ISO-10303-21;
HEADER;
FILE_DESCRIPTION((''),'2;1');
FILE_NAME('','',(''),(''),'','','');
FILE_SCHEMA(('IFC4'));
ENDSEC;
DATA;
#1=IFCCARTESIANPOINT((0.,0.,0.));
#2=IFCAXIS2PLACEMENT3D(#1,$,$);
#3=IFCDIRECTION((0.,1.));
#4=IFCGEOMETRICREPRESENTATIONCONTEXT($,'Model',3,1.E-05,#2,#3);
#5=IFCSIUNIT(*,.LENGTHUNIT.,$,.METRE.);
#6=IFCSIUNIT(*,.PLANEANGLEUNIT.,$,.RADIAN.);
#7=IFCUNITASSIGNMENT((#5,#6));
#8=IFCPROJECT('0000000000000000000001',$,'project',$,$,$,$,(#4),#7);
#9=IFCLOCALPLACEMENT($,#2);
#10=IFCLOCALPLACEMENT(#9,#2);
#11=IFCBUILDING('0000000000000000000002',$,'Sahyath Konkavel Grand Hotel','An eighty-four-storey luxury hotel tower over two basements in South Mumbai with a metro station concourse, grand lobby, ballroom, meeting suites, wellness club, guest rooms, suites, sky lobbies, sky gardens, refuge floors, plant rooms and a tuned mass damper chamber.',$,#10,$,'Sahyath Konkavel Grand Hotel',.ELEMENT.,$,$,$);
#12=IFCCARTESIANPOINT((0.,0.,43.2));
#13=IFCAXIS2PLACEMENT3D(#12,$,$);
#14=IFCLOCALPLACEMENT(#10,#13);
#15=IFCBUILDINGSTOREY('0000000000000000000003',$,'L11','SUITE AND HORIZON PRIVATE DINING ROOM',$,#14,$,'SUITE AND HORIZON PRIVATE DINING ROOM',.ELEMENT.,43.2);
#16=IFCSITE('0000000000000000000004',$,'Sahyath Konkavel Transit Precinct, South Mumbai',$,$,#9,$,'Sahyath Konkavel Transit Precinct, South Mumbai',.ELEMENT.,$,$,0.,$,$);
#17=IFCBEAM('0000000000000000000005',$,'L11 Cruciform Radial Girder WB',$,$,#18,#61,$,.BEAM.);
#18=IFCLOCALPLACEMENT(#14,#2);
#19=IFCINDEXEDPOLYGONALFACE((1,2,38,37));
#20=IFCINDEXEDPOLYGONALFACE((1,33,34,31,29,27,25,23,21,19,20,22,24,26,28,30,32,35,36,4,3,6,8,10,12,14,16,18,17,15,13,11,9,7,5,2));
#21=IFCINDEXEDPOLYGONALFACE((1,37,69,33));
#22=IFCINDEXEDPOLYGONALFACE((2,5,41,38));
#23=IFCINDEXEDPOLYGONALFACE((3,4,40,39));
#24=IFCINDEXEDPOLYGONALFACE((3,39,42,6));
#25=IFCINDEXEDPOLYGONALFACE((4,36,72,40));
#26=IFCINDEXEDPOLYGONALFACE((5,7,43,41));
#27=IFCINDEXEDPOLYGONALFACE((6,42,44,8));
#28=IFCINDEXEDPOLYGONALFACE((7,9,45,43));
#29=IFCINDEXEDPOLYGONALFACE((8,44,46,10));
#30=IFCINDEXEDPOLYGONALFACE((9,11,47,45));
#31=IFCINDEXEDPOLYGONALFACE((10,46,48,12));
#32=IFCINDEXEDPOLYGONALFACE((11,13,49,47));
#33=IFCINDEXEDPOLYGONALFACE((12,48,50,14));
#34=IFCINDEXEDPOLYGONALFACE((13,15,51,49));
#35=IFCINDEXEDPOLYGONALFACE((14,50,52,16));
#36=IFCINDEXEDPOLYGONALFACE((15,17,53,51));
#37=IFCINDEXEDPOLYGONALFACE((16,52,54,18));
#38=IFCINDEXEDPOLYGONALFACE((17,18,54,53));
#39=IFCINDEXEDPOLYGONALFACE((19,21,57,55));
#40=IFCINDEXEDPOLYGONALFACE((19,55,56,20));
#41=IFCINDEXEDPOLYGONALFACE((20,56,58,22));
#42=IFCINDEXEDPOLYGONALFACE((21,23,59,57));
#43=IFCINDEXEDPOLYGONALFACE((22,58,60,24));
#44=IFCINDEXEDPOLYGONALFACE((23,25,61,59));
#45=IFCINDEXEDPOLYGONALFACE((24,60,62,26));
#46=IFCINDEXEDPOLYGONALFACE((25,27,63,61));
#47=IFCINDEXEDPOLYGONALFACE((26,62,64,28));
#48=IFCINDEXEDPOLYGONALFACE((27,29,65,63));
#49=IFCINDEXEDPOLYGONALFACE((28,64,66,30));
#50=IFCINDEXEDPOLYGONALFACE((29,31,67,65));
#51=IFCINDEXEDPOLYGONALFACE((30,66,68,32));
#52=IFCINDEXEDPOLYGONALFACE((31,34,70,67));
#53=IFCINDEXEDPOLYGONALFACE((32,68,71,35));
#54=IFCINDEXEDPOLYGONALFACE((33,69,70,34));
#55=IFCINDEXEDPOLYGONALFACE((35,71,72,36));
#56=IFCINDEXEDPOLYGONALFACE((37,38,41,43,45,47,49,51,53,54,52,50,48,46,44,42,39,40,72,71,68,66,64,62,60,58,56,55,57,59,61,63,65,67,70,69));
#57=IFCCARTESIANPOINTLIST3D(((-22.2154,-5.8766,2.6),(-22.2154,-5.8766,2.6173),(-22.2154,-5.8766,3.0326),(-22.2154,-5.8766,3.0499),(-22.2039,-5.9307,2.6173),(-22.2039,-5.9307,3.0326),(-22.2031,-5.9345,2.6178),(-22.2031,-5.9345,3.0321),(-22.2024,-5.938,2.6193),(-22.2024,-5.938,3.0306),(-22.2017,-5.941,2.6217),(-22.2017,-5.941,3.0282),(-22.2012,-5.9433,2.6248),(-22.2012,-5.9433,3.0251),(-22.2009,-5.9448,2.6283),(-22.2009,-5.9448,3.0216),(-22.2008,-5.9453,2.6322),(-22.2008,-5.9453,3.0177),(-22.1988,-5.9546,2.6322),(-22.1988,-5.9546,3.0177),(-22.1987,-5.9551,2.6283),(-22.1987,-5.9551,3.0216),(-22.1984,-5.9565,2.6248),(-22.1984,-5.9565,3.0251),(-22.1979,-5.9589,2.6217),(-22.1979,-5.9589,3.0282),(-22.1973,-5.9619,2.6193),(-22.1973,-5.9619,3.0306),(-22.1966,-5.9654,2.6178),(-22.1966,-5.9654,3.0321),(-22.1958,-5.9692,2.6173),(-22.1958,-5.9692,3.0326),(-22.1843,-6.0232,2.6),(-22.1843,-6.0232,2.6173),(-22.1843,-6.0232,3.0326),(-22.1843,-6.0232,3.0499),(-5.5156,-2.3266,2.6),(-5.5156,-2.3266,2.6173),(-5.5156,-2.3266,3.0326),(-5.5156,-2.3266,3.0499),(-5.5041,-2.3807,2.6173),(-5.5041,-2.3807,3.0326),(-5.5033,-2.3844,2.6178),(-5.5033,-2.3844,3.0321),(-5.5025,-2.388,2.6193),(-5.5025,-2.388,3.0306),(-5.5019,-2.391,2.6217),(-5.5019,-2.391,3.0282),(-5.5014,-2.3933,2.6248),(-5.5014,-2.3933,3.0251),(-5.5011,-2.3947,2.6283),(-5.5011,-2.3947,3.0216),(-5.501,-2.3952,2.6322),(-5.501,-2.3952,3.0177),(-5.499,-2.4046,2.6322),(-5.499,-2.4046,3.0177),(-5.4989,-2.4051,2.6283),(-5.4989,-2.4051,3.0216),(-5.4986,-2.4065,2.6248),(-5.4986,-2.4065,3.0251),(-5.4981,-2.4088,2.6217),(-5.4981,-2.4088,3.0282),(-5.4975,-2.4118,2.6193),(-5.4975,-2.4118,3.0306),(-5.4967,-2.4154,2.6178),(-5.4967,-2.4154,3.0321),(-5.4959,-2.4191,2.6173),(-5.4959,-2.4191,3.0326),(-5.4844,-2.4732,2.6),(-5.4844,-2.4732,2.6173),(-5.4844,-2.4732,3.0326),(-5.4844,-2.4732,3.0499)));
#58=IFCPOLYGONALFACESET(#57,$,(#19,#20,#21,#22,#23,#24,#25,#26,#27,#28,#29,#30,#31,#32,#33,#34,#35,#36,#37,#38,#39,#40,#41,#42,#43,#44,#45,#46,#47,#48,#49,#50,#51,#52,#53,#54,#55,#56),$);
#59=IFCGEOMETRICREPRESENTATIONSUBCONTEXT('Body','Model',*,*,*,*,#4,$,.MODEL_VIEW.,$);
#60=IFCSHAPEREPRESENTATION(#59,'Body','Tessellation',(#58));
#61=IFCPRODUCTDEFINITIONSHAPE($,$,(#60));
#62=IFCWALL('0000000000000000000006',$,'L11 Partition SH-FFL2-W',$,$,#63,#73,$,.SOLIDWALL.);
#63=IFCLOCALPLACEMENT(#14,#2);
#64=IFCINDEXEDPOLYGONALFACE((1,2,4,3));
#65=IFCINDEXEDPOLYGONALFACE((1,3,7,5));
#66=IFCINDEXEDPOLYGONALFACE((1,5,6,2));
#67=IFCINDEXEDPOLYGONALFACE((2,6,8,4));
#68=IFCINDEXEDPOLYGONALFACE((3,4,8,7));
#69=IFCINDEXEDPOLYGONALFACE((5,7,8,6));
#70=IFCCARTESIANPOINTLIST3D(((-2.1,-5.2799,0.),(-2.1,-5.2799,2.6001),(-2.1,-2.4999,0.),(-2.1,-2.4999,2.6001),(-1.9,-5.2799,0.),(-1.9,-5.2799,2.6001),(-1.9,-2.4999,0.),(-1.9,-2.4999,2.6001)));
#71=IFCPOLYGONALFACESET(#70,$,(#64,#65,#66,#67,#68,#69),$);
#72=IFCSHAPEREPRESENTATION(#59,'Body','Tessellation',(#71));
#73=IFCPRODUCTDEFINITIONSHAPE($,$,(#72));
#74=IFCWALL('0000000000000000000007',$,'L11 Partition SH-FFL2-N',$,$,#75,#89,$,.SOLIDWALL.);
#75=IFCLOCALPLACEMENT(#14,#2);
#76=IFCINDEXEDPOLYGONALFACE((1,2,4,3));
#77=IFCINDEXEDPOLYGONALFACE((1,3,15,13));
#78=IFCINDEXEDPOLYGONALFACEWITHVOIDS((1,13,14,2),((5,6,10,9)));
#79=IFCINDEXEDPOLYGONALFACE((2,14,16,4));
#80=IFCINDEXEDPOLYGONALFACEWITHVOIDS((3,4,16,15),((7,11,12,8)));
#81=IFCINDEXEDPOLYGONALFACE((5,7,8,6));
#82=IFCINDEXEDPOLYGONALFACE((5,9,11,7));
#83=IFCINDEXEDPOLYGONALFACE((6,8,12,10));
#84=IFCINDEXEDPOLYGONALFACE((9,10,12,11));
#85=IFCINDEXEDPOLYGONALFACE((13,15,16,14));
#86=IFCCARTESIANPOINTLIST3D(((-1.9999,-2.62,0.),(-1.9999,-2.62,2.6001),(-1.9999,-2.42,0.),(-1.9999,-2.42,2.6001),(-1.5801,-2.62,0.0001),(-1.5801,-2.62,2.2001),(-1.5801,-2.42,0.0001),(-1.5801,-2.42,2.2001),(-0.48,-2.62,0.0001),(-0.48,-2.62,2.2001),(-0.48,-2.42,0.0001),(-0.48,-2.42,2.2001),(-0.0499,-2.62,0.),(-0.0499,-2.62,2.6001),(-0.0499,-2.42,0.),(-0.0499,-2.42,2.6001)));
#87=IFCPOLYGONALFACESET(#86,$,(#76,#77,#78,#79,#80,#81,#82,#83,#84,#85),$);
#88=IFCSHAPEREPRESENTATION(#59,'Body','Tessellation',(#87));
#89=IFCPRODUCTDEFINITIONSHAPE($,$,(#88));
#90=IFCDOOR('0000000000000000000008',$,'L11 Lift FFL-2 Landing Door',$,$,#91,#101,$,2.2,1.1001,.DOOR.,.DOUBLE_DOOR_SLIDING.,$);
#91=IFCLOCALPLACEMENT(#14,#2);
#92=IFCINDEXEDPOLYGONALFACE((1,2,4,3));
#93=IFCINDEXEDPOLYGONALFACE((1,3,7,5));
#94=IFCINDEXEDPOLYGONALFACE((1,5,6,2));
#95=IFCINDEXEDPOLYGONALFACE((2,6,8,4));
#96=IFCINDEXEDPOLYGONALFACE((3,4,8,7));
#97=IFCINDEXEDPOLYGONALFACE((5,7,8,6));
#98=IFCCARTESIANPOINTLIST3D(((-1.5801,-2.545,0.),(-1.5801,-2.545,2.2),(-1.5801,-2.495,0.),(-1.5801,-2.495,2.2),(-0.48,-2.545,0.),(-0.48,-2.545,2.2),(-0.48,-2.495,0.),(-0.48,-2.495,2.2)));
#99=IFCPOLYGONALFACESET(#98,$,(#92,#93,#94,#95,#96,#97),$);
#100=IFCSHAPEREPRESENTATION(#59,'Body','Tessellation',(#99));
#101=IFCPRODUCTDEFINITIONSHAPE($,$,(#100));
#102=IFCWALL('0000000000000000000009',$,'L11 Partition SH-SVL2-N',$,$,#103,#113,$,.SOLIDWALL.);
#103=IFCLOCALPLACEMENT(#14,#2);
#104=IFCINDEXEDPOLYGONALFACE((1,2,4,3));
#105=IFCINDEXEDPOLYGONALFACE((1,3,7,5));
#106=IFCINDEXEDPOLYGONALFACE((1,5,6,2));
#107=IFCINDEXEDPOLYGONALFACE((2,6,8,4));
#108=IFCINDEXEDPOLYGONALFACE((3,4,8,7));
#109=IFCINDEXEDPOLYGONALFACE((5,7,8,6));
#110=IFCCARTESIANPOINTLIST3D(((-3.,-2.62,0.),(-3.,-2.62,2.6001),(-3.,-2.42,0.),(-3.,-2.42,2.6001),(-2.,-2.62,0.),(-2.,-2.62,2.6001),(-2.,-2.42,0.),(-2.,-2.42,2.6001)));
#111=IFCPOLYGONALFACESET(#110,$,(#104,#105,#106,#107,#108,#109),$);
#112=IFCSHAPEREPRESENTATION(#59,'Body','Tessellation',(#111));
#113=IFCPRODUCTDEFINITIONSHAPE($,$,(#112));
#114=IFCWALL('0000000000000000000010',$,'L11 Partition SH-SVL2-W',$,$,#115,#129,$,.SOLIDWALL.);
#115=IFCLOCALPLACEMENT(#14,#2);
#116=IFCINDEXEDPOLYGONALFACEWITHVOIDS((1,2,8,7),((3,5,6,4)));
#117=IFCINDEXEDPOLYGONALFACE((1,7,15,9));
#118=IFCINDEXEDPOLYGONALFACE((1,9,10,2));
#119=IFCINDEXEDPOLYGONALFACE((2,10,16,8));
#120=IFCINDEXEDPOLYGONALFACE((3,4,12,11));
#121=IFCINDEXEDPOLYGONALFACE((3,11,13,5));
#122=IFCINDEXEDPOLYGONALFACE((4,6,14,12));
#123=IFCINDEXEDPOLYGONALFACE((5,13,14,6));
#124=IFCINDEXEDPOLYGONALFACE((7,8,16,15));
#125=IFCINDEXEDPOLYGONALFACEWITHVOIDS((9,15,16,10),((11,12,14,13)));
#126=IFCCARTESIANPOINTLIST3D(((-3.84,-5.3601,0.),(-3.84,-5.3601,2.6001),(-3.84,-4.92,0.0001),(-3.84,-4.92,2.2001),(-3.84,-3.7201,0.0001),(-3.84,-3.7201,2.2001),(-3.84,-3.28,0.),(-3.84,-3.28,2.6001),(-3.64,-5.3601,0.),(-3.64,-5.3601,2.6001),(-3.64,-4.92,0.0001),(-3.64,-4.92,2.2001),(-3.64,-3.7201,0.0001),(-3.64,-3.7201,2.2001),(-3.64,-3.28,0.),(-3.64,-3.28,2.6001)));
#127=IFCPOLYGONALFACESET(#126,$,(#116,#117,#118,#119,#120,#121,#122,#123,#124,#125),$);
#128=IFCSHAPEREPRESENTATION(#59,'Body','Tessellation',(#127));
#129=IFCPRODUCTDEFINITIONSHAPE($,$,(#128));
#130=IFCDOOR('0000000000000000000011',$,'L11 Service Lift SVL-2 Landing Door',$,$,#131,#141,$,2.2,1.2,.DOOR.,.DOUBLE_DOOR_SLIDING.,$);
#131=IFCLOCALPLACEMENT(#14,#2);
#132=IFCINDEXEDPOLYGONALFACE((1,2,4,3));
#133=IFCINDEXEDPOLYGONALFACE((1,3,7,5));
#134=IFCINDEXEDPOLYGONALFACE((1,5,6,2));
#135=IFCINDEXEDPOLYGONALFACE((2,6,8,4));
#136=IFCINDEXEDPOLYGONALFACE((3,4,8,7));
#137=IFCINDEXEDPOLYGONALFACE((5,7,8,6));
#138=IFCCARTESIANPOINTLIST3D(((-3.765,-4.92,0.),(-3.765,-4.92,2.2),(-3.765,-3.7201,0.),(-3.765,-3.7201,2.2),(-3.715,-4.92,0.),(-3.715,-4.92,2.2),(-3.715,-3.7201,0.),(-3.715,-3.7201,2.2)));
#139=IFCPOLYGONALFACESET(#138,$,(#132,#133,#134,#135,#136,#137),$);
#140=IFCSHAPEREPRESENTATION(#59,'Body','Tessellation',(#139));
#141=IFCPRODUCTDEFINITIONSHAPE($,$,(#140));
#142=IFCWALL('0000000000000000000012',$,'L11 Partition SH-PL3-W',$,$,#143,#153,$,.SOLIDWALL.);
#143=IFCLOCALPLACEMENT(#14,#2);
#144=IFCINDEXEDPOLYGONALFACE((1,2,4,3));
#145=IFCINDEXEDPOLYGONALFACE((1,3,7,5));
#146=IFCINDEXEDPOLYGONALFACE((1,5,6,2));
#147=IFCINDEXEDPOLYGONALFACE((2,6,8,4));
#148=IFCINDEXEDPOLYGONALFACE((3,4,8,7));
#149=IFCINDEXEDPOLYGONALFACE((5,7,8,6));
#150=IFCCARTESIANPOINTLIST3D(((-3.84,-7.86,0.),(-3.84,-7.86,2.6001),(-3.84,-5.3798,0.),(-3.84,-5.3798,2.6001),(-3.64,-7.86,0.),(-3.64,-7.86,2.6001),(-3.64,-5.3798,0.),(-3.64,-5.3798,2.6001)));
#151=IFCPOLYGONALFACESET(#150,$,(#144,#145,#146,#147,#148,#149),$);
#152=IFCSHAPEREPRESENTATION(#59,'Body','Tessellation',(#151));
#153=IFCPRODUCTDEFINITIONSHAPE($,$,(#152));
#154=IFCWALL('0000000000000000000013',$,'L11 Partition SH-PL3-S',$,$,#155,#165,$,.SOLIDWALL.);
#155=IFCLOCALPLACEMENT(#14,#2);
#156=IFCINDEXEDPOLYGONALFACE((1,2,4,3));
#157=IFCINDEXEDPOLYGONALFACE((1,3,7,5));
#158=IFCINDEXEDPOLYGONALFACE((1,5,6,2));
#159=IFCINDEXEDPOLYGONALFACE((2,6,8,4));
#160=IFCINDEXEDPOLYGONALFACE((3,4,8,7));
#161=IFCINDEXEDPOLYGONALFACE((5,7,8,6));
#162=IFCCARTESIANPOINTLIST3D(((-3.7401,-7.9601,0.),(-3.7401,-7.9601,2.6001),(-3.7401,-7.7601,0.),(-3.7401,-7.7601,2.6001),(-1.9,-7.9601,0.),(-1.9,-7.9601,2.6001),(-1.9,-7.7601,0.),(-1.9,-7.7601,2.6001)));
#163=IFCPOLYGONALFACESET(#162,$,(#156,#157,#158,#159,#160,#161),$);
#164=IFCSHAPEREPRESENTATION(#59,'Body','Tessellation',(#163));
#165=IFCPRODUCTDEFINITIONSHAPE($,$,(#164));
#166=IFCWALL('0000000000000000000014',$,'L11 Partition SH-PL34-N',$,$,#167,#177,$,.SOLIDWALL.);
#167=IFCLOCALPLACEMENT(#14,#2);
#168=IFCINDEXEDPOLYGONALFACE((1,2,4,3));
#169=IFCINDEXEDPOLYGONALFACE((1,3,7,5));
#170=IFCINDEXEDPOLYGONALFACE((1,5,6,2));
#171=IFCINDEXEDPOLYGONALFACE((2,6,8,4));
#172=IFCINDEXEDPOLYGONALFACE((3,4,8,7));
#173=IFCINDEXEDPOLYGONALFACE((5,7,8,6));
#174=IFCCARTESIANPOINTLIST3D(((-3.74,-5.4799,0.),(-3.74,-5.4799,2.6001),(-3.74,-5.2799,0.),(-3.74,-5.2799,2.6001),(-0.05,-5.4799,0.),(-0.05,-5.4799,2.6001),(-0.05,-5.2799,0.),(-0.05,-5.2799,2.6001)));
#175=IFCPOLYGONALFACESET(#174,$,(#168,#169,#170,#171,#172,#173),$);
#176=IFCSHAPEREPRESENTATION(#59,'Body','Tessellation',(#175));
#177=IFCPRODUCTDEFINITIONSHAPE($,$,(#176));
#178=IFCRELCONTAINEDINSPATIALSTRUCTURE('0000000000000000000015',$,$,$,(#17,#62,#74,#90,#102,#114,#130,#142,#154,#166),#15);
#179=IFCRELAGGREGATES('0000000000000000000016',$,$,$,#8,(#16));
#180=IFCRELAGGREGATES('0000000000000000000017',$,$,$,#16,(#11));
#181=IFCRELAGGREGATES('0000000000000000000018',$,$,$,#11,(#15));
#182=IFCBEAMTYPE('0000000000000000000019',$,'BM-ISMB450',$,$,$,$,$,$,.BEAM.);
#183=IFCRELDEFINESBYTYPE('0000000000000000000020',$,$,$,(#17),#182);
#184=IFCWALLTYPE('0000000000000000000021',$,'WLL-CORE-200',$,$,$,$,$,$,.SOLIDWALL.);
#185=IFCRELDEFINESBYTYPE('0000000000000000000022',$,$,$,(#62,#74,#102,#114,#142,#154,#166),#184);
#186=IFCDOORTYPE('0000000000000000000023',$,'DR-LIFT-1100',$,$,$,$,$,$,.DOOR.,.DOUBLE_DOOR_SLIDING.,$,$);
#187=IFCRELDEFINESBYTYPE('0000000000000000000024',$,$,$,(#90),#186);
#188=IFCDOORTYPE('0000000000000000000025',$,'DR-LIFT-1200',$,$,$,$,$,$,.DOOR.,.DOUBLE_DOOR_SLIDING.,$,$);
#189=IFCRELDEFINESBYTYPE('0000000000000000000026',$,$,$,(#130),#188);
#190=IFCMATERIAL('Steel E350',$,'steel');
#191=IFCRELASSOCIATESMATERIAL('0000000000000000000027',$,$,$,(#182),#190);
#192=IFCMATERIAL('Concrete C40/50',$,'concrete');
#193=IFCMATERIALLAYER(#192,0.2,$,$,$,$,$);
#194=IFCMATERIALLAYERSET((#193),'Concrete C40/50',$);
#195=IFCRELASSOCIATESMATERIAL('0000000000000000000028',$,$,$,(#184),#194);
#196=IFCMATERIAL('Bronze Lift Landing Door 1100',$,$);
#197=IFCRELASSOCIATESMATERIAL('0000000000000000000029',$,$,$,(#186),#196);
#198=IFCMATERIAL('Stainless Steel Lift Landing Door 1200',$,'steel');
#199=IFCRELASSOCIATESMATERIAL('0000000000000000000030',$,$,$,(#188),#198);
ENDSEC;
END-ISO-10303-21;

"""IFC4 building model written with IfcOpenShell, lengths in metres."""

from ifc_helpers import new_model, si_unit, direction, frame, frame_2d, origin, origin_2d, place, context, subcontext, project, spatial, rectangle, i_section, extrude, source, transform, mapped, material, layer, layer_set, material_profile, profile_set, type_object, element, fill, save


model = new_model("IFC4")

# Units and contexts
model_context = context("Model", 3, precision=1e-05, world=origin(), true_north=direction((0.0, 1.0)))
body_context = subcontext(model_context, "Body", "Model", "MODEL_VIEW")
ifc_project = project(units=[si_unit("LENGTHUNIT", "METRE"), si_unit("PLANEANGLEUNIT", "RADIAN")], contexts=[model_context])

# Site, building, storey
site_placement = place(None, origin())
site = spatial("IfcSite", under=ifc_project, at=site_placement, Name="Sahyath Konkavel Transit Precinct, South Mumbai", LongName="Sahyath Konkavel Transit Precinct, South Mumbai", CompositionType="ELEMENT", RefElevation=0.0)
building_placement = place(site_placement, origin())
building = spatial("IfcBuilding", under=site, at=building_placement, Name="Sahyath Konkavel Grand Hotel", Description="An eighty-four-storey luxury hotel tower over two basements in South Mumbai with a metro station concourse, grand lobby, ballroom, meeting suites, wellness club, guest rooms, suites, sky lobbies, sky gardens, refuge floors, plant rooms and a tuned mass damper chamber.", LongName="Sahyath Konkavel Grand Hotel", CompositionType="ELEMENT")
storey_placement = place(building_placement, frame((0.0, 0.0, 43.2)))
storey = spatial("IfcBuildingStorey", under=building, at=storey_placement, Name="L11", Description="SUITE AND HORIZON PRIVATE DINING ROOM", LongName="SUITE AND HORIZON PRIVATE DINING ROOM", CompositionType="ELEMENT", Elevation=43.2)

# Beam
ifc_material_1 = material(Name="Steel E350", Category="steel")
ifc_material_profile_1 = material_profile(ifc_material_1, i_section(OverallWidth=0.1499, OverallDepth=0.45, WebThickness=0.0095, FlangeThickness=0.0173, FilletRadius=0.0149, at=origin_2d()), Name="ISMB 450")
ifc_profile_set_1 = profile_set([ifc_material_profile_1], Name="Steel E350")
beam_type_1 = type_object("IfcBeamType", Name="BM-ISMB450", PredefinedType="BEAM", material=ifc_profile_set_1)
shared_shape_1 = source(origin(), body_context, "Body", "SweptSolid", [
    extrude(i_section(OverallWidth=0.1499, OverallDepth=0.45, WebThickness=0.0095, FlangeThickness=0.0173, FilletRadius=0.0149, at=origin_2d()), origin(), (0.0, 0.0, 1.0), 17.073),
])
beam_1_placement = place(storey_placement, frame((-5.5, -2.3999, 2.825), z_axis=(-0.978143, -0.207932, 0.0), x_axis=(0.207932, -0.978143, 0.0)))
element("IfcBeam", 1, at=beam_1_placement, inside=storey, type_object=beam_type_1, Name="L11 Cruciform Radial Girder WB", PredefinedType="BEAM", context=body_context, shape_type="MappedRepresentation", body=[
    mapped(shared_shape_1, transform((0.0, 0.0, 0.0), scale=1.0)),
])

# Wall
ifc_material_2 = material(Name="Concrete C40/50", Category="concrete")
ifc_layer_1 = layer(ifc_material_2, 0.2)
ifc_layer_set_1 = layer_set([ifc_layer_1], Name="Concrete C40/50")
wall_type_1 = type_object("IfcWallType", Name="WLL-CORE-200", PredefinedType="SOLIDWALL", material=ifc_layer_set_1)
wall_1_placement = place(storey_placement, frame((-2.0, -5.28, 0.0), z_axis=(0.0, 0.0, 1.0), x_axis=(0.0, 1.0, 0.0)))
element("IfcWall", 2, at=wall_1_placement, inside=storey, type_object=wall_type_1, Name="L11 Partition SH-FFL2-W", PredefinedType="SOLIDWALL", context=body_context, shape_type="SweptSolid", body=[
    extrude(rectangle(XDim=2.78, YDim=0.2, at=frame_2d((1.3901, 0.0))), origin(), (0.0, 0.0, 1.0), 2.6001),
])

# Wall, opening, door
wall_2_placement = place(storey_placement, frame((-2.0, -2.52, 0.0), z_axis=(0.0, 0.0, 1.0), x_axis=(1.0, 0.0, 0.0)))
wall_2 = element("IfcWall", 3, at=wall_2_placement, inside=storey, type_object=wall_type_1, Name="L11 Partition SH-FFL2-N", PredefinedType="SOLIDWALL", context=body_context, shape_type="SweptSolid", body=[
    extrude(rectangle(XDim=1.95, YDim=0.2, at=frame_2d((0.9751, 0.0))), origin(), (0.0, 0.0, 1.0), 2.6001),
])
opening_1_placement = place(wall_2_placement, frame((0.4199, 0.0, 0.0)))
opening_1 = element("IfcOpeningElement", 4, at=opening_1_placement, cuts=wall_2, PredefinedType="OPENING", context=body_context, shape_type="SweptSolid", body=[
    extrude(rectangle(XDim=1.1001, YDim=2.2, at=frame_2d((0.55, 1.1001))), frame((0.0, 0.1099, 0.0), z_axis=(0.0, -1.0, 0.0), x_axis=(1.0, 0.0, 0.0)), (0.0, 0.0, 1.0), 0.22),
])
ifc_material_3 = material(Name="Bronze Lift Landing Door 1100")
door_type_1 = type_object("IfcDoorType", Name="DR-LIFT-1100", OperationType="DOUBLE_DOOR_SLIDING", PredefinedType="DOOR", material=ifc_material_3)
shared_shape_2 = source(origin(), body_context, "Body", "SweptSolid", [
    extrude(rectangle(XDim=1.1001, YDim=0.05, at=origin_2d()), origin(), (0.0, 0.0, 1.0), 2.2),
])
door_1_placement = place(opening_1_placement, frame((0.55, 0.0, 0.0)))
door_1 = element("IfcDoor", 5, at=door_1_placement, inside=storey, type_object=door_type_1, Name="L11 Lift FFL-2 Landing Door", OperationType="DOUBLE_DOOR_SLIDING", OverallHeight=2.2, OverallWidth=1.1001, PredefinedType="DOOR", context=body_context, shape_type="MappedRepresentation", body=[
    mapped(shared_shape_2, transform((0.0, 0.0, 0.0), scale=1.0)),
])
fill(opening_1, door_1)

# Wall
wall_3_placement = place(storey_placement, frame((-3.0, -2.52, 0.0), z_axis=(0.0, 0.0, 1.0), x_axis=(1.0, 0.0, 0.0)))
element("IfcWall", 6, at=wall_3_placement, inside=storey, type_object=wall_type_1, Name="L11 Partition SH-SVL2-N", PredefinedType="SOLIDWALL", context=body_context, shape_type="SweptSolid", body=[
    extrude(rectangle(XDim=1.0, YDim=0.2, at=frame_2d((0.5, 0.0))), origin(), (0.0, 0.0, 1.0), 2.6001),
])

# Wall, opening, door
wall_4_placement = place(storey_placement, frame((-3.74, -5.3601, 0.0), z_axis=(0.0, 0.0, 1.0), x_axis=(0.0, 1.0, 0.0)))
wall_4 = element("IfcWall", 7, at=wall_4_placement, inside=storey, type_object=wall_type_1, Name="L11 Partition SH-SVL2-W", PredefinedType="SOLIDWALL", context=body_context, shape_type="SweptSolid", body=[
    extrude(rectangle(XDim=2.0801, YDim=0.2, at=frame_2d((1.04, 0.0))), origin(), (0.0, 0.0, 1.0), 2.6001),
])
opening_2_placement = place(wall_4_placement, frame((0.4399, 0.0, 0.0)))
opening_2 = element("IfcOpeningElement", 8, at=opening_2_placement, cuts=wall_4, PredefinedType="OPENING", context=body_context, shape_type="SweptSolid", body=[
    extrude(rectangle(XDim=1.2, YDim=2.2, at=frame_2d((0.6001, 1.1001))), frame((0.0, 0.1099, 0.0), z_axis=(0.0, -1.0, 0.0), x_axis=(1.0, 0.0, 0.0)), (0.0, 0.0, 1.0), 0.22),
])
ifc_material_4 = material(Name="Stainless Steel Lift Landing Door 1200", Category="steel")
door_type_2 = type_object("IfcDoorType", Name="DR-LIFT-1200", OperationType="DOUBLE_DOOR_SLIDING", PredefinedType="DOOR", material=ifc_material_4)
shared_shape_3 = source(origin(), body_context, "Body", "SweptSolid", [
    extrude(rectangle(XDim=1.2, YDim=0.05, at=origin_2d()), origin(), (0.0, 0.0, 1.0), 2.2),
])
door_2_placement = place(opening_2_placement, frame((0.6001, 0.0, 0.0)))
door_2 = element("IfcDoor", 9, at=door_2_placement, inside=storey, type_object=door_type_2, Name="L11 Service Lift SVL-2 Landing Door", OperationType="DOUBLE_DOOR_SLIDING", OverallHeight=2.2, OverallWidth=1.2, PredefinedType="DOOR", context=body_context, shape_type="MappedRepresentation", body=[
    mapped(shared_shape_3, transform((0.0, 0.0, 0.0), scale=1.0)),
])
fill(opening_2, door_2)

# Walls
wall_5_placement = place(storey_placement, frame((-3.74, -7.8601, 0.0), z_axis=(0.0, 0.0, 1.0), x_axis=(0.0, 1.0, 0.0)))
element("IfcWall", 10, at=wall_5_placement, inside=storey, type_object=wall_type_1, Name="L11 Partition SH-PL3-W", PredefinedType="SOLIDWALL", context=body_context, shape_type="SweptSolid", body=[
    extrude(rectangle(XDim=2.4802, YDim=0.2, at=frame_2d((1.2402, 0.0))), origin(), (0.0, 0.0, 1.0), 2.6001),
])
wall_6_placement = place(storey_placement, frame((-3.74, -7.8601, 0.0), z_axis=(0.0, 0.0, 1.0), x_axis=(1.0, 0.0, 0.0)))
element("IfcWall", 11, at=wall_6_placement, inside=storey, type_object=wall_type_1, Name="L11 Partition SH-PL3-S", PredefinedType="SOLIDWALL", context=body_context, shape_type="SweptSolid", body=[
    extrude(rectangle(XDim=1.8401, YDim=0.2, at=frame_2d((0.9199, 0.0))), origin(), (0.0, 0.0, 1.0), 2.6001),
])
wall_7_placement = place(storey_placement, frame((-3.74, -5.3799, 0.0), z_axis=(0.0, 0.0, 1.0), x_axis=(1.0, 0.0, 0.0)))
element("IfcWall", 12, at=wall_7_placement, inside=storey, type_object=wall_type_1, Name="L11 Partition SH-PL34-N", PredefinedType="SOLIDWALL", context=body_context, shape_type="SweptSolid", body=[
    extrude(rectangle(XDim=3.6899, YDim=0.2, at=frame_2d((1.845, 0.0))), origin(), (0.0, 0.0, 1.0), 2.6001),
])

save(model, "model.ifc")
